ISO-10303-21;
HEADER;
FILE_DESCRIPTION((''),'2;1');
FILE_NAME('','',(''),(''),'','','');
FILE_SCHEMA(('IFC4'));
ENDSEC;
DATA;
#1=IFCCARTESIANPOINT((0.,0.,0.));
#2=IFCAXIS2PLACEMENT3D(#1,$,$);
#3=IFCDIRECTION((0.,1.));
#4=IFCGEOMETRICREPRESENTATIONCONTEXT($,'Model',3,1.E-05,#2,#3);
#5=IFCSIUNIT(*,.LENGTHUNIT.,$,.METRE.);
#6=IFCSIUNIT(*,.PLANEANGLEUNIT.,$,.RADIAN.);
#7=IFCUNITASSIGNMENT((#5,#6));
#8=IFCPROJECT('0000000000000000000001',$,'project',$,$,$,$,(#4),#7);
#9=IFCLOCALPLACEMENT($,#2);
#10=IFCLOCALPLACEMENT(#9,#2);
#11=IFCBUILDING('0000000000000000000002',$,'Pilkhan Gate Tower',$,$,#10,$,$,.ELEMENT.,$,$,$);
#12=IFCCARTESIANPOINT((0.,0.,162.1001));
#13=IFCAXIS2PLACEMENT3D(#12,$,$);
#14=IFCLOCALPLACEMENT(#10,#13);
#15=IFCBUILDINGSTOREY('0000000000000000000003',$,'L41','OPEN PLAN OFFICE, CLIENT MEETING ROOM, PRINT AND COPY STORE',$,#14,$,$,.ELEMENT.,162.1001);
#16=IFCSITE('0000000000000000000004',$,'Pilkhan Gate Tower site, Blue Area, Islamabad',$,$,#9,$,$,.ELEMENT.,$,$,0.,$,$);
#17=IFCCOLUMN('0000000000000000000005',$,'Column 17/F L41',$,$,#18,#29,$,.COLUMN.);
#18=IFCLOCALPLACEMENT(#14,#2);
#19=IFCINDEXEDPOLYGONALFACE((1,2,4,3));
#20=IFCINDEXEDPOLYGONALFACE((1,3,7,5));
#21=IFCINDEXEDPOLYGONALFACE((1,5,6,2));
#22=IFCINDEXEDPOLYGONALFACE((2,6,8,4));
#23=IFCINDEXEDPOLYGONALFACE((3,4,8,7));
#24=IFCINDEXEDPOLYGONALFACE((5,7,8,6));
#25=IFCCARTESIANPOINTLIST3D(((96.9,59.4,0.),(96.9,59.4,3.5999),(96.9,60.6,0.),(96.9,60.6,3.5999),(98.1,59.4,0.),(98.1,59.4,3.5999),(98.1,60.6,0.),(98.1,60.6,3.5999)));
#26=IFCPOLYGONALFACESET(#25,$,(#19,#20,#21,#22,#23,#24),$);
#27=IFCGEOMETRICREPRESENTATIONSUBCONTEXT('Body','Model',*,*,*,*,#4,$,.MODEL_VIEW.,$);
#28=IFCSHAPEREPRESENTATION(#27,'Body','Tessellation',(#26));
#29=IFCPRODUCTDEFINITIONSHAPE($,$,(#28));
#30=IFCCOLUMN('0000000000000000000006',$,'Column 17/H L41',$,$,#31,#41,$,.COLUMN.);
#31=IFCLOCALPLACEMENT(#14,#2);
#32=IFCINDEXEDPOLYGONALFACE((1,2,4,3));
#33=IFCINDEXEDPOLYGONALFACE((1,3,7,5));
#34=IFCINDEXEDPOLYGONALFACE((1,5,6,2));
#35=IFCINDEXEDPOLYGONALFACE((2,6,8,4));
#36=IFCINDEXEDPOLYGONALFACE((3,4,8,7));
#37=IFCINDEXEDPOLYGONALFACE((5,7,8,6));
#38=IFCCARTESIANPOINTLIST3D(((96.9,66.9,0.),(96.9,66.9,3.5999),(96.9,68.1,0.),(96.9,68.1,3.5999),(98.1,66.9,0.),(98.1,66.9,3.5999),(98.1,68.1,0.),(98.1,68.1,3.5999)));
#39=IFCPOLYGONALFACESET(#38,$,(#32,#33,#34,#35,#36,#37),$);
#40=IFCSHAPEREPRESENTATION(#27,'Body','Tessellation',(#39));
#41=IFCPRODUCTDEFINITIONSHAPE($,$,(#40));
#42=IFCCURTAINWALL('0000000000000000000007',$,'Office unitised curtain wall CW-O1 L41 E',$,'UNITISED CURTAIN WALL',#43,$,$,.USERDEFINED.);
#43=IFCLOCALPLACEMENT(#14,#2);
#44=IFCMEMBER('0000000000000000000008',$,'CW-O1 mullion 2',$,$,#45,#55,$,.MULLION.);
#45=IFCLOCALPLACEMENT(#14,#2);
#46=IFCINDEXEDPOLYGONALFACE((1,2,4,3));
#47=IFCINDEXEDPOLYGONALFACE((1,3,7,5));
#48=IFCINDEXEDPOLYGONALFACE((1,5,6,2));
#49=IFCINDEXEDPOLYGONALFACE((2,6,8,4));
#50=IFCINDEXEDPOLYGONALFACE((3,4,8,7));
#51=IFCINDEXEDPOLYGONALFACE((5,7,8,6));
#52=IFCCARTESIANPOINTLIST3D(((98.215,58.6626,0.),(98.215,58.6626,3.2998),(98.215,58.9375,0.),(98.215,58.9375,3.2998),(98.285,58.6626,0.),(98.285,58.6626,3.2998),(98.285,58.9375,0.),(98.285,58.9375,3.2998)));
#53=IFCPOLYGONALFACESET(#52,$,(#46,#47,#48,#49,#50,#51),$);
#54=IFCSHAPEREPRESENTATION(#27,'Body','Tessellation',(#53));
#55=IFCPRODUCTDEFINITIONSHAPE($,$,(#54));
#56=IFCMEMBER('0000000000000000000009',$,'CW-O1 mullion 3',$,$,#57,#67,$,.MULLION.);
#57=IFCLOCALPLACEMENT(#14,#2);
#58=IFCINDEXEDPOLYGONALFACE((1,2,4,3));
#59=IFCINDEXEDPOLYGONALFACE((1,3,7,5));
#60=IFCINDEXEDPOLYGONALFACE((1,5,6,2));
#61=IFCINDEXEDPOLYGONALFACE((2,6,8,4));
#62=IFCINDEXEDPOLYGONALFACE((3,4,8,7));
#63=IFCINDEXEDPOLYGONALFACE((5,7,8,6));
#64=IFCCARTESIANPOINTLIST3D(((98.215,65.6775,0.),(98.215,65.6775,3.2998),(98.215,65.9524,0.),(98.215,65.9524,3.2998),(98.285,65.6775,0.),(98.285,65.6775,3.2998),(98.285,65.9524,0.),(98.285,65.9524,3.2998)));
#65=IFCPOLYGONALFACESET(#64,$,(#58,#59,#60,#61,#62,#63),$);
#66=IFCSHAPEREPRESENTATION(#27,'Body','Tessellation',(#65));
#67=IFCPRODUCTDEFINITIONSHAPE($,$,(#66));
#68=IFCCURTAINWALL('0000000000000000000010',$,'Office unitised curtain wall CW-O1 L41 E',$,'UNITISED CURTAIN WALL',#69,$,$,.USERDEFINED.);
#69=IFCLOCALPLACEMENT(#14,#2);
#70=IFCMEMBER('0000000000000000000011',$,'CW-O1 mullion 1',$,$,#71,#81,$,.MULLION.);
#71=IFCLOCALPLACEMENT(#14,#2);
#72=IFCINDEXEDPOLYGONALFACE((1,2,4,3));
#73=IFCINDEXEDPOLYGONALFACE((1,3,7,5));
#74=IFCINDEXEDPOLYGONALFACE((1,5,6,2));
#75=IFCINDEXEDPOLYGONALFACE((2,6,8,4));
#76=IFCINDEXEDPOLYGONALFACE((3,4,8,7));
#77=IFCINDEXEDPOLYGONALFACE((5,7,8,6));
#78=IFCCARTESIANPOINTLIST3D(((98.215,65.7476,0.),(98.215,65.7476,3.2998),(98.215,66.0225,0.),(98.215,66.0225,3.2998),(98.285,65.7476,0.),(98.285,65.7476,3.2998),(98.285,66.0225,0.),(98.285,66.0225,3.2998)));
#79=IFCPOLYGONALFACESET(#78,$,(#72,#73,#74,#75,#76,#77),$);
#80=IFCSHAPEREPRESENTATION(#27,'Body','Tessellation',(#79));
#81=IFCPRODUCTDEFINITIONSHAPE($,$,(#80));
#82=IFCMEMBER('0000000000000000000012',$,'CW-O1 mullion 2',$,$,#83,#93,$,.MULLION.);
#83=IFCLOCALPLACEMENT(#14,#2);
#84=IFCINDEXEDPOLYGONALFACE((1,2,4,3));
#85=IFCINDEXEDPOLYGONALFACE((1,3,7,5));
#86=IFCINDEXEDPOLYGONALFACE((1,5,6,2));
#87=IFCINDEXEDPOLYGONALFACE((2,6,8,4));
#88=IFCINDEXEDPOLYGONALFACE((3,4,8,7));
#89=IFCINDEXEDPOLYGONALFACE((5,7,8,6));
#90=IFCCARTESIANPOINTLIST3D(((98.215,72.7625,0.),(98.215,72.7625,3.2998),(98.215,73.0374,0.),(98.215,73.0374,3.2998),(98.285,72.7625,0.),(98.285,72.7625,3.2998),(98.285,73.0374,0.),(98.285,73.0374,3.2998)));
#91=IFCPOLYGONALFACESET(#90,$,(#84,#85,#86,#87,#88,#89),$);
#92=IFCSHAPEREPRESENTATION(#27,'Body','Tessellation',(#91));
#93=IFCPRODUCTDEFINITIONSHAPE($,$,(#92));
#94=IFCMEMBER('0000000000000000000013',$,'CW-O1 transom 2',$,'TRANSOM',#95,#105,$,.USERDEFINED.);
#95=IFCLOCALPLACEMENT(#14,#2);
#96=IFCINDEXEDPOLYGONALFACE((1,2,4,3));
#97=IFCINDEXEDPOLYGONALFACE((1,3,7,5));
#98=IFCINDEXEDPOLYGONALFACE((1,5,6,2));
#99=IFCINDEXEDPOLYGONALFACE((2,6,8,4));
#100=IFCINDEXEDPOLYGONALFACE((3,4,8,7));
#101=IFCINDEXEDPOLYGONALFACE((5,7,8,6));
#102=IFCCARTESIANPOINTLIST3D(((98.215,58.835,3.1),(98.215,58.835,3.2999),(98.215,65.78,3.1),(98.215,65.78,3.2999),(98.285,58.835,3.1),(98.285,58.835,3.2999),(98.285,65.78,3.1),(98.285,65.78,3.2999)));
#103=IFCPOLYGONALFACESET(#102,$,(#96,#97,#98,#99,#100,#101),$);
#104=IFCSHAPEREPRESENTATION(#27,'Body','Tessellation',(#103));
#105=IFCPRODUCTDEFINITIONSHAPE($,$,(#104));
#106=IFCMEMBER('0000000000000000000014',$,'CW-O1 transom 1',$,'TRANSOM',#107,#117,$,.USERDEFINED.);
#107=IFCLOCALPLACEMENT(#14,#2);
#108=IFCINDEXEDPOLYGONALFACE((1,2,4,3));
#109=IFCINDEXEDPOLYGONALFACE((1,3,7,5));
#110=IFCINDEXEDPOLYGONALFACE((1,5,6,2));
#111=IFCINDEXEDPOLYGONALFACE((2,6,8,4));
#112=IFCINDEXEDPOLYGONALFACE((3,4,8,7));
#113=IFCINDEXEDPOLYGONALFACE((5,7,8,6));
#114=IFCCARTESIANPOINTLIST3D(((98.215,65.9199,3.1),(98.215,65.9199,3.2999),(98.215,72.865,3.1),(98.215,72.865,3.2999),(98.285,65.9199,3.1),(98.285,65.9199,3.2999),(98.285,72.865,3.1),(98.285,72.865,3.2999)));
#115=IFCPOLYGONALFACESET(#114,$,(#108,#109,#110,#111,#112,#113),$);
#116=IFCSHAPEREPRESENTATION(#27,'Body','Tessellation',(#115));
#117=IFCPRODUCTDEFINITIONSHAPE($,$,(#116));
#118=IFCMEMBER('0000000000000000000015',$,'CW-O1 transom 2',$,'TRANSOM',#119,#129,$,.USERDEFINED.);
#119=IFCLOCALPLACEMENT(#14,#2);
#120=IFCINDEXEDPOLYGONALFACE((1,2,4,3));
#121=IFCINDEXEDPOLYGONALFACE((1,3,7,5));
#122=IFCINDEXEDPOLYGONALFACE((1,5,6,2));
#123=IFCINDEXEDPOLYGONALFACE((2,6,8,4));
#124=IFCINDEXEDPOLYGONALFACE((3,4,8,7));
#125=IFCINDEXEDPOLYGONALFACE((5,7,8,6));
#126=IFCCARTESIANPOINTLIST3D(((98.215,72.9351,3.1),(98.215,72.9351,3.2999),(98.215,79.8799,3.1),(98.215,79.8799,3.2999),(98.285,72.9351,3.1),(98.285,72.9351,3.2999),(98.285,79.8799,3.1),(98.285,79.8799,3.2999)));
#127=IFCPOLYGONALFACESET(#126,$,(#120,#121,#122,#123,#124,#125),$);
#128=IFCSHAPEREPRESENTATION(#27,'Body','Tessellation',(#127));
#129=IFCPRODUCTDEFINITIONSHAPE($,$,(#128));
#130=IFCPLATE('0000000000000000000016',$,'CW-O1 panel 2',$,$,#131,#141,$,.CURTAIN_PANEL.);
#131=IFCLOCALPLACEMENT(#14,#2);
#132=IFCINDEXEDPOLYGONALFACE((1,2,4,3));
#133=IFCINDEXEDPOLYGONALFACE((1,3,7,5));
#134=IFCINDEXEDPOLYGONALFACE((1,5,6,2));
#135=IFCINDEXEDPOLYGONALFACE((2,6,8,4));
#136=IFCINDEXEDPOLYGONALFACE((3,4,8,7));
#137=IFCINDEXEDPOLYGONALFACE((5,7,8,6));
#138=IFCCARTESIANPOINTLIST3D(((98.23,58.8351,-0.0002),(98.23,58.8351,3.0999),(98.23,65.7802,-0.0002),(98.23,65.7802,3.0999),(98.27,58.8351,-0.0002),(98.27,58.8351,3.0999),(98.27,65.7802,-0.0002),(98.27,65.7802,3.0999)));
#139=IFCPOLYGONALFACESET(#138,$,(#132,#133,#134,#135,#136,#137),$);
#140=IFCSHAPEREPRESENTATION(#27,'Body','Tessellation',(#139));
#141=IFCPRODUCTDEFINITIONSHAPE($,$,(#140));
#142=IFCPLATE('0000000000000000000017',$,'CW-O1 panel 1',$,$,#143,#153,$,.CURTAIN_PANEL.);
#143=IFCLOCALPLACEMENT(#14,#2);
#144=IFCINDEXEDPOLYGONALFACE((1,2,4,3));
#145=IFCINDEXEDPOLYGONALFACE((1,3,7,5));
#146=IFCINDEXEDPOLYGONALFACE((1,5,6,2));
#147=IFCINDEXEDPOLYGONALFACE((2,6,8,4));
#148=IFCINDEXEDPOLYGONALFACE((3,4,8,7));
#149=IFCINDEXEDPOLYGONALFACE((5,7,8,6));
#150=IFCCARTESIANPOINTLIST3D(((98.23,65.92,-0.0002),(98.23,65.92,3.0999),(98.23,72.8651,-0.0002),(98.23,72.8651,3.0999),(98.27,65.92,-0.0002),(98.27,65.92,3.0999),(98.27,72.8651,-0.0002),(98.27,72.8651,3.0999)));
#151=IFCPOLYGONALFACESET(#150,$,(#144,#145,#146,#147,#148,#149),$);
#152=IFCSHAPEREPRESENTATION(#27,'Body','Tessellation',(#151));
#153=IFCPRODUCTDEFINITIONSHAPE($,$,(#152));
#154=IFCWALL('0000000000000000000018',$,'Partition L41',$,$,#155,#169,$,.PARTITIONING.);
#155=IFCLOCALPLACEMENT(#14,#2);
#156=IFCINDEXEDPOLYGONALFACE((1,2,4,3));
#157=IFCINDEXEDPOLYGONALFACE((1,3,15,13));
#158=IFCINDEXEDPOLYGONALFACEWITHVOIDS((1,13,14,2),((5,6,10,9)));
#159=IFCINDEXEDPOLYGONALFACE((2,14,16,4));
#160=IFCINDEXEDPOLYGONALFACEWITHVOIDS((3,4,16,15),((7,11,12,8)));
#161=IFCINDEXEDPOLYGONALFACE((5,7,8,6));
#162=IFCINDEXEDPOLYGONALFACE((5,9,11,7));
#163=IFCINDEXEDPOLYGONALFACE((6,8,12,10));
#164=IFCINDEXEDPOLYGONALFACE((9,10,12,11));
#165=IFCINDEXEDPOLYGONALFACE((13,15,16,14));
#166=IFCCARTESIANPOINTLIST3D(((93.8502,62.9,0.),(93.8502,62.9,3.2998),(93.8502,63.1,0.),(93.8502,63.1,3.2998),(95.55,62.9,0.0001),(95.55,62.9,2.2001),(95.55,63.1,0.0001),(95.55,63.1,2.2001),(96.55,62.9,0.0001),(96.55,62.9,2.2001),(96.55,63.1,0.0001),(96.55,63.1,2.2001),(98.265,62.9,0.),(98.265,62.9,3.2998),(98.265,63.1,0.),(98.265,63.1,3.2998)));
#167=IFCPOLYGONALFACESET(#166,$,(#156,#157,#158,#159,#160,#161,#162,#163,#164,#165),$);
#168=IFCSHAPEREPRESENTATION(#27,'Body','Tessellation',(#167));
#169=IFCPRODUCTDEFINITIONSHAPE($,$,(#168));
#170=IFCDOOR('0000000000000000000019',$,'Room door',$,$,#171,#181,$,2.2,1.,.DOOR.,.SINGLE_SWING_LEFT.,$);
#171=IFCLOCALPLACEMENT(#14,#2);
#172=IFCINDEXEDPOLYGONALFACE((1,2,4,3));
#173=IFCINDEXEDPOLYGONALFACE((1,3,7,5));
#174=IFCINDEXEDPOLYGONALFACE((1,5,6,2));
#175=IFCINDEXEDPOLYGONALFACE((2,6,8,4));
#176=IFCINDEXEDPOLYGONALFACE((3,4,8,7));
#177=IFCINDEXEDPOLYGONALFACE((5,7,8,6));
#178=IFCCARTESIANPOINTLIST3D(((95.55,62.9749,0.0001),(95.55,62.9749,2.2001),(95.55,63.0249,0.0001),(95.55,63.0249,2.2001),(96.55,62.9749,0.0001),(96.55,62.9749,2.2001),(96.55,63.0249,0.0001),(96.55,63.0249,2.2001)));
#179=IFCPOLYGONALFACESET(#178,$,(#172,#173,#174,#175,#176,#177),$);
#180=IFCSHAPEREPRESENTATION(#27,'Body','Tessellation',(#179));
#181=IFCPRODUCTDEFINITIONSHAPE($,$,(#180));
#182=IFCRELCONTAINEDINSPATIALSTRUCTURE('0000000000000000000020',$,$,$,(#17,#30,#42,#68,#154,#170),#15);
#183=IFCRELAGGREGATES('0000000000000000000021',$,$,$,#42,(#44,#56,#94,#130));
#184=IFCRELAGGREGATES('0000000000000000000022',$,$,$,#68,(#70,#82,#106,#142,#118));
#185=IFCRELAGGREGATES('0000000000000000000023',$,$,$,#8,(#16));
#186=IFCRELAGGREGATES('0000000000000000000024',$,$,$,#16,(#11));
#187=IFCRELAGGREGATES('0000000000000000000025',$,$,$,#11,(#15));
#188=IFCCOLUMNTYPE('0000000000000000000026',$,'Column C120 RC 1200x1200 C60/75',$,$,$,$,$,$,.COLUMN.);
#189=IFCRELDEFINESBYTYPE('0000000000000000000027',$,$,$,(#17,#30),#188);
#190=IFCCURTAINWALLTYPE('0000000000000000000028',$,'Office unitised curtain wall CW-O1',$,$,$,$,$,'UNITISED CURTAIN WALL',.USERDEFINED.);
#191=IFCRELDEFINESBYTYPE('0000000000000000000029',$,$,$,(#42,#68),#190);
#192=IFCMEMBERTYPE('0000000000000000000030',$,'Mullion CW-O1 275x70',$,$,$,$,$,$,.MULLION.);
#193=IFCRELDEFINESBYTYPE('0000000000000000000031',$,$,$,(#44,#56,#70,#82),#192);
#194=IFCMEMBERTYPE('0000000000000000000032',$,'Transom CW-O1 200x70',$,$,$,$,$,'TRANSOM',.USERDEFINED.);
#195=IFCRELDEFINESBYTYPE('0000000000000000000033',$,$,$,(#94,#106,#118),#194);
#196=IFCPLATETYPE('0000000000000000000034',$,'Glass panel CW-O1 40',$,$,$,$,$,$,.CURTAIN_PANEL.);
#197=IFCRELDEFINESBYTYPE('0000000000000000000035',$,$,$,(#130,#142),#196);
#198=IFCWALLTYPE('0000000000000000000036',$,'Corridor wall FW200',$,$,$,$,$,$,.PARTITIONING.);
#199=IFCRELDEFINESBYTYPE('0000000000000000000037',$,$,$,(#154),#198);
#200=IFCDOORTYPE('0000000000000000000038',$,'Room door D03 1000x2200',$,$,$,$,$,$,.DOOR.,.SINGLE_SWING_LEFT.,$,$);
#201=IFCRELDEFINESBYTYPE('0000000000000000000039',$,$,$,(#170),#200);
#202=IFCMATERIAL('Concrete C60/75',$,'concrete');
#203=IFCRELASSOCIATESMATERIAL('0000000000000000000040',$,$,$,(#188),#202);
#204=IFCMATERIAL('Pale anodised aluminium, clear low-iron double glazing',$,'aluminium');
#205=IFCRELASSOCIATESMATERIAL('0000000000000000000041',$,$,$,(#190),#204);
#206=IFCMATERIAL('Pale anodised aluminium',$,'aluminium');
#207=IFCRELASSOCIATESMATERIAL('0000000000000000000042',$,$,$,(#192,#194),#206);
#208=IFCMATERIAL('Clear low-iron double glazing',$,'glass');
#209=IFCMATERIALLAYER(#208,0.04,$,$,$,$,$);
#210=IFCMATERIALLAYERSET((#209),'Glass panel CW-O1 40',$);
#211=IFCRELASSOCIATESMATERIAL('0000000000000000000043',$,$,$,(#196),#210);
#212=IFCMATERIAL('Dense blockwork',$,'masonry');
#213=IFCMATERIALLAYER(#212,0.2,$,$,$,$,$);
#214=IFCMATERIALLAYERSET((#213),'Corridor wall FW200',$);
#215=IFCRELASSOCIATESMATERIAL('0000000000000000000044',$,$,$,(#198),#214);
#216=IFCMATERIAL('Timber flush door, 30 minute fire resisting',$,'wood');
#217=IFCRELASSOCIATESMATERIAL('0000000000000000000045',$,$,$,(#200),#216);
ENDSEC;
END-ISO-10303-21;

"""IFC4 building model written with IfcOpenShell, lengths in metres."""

from ifc_helpers import new_model, si_unit, direction, frame, frame_2d, origin, origin_2d, place, context, subcontext, project, spatial, rectangle, extrude, material, layer, layer_set, material_profile, profile_set, type_object, element, fill, aggregate, save


model = new_model("IFC4")

# Units and contexts
model_context = context("Model", 3, precision=1e-05, world=origin(), true_north=direction((0.0, 1.0)))
body_context = subcontext(model_context, "Body", "Model", "MODEL_VIEW")
ifc_project = project(units=[si_unit("LENGTHUNIT", "METRE"), si_unit("PLANEANGLEUNIT", "RADIAN")], contexts=[model_context])

# Site, building, storey
site_placement = place(None, origin())
site = spatial("IfcSite", under=ifc_project, at=site_placement, Name="Pilkhan Gate Tower site, Blue Area, Islamabad", CompositionType="ELEMENT", RefElevation=0.0)
building_placement = place(site_placement, origin())
building = spatial("IfcBuilding", under=site, at=building_placement, Name="Pilkhan Gate Tower", CompositionType="ELEMENT")
storey_placement = place(building_placement, frame((0.0, 0.0, 162.1001)))
storey = spatial("IfcBuildingStorey", under=building, at=storey_placement, Name="L41", Description="OPEN PLAN OFFICE, CLIENT MEETING ROOM, PRINT AND COPY STORE", CompositionType="ELEMENT", Elevation=162.1001)

# Columns
ifc_material_1 = material(Name="Concrete C60/75", Category="concrete")
ifc_material_profile_1 = material_profile(ifc_material_1, rectangle(XDim=1.2, YDim=1.2, at=origin_2d()), Name="RC 1200x1200")
ifc_profile_set_1 = profile_set([ifc_material_profile_1], Name="Concrete C60/75")
column_type = type_object("IfcColumnType", Name="Column C120 RC 1200x1200 C60/75", PredefinedType="COLUMN", material=ifc_profile_set_1)
for number, where, z_axis, x_axis, name in (
    (1, (97.5, 60.0, 0.0), (0.0, 0.0, 1.0), (1.0, 0.0, 0.0), "Column 17/F L41"),
    (2, (97.5, 67.5, 0.0), (0.0, 0.0, 1.0), (1.0, 0.0, 0.0), "Column 17/H L41"),
):
    element("IfcColumn", number, at=place(storey_placement, frame(where, z_axis=z_axis, x_axis=x_axis)), inside=storey, type_object=column_type, Name=name, PredefinedType="COLUMN", context=body_context, shape_type="SweptSolid", body=[
        extrude(rectangle(XDim=1.2, YDim=1.2, at=origin_2d()), origin(), (0.0, 0.0, 1.0), 3.5999),
    ])

# Curtain walls, members
ifc_material_2 = material(Name="Pale anodised aluminium, clear low-iron double glazing", Category="aluminium")
curtain_wall_type = type_object("IfcCurtainWallType", Name="Office unitised curtain wall CW-O1", ElementType="UNITISED CURTAIN WALL", PredefinedType="USERDEFINED", material=ifc_material_2)
curtain_wall_1_placement = place(storey_placement, origin())
curtain_wall_1 = element("IfcCurtainWall", 3, at=curtain_wall_1_placement, inside=storey, type_object=curtain_wall_type, Name="Office unitised curtain wall CW-O1 L41 E", ObjectType="UNITISED CURTAIN WALL", PredefinedType="USERDEFINED")
ifc_material_3 = material(Name="Pale anodised aluminium", Category="aluminium")
ifc_material_profile_2 = material_profile(ifc_material_3, rectangle(XDim=0.0701, YDim=0.2749, at=origin_2d()), Name="Mullion 275x70")
ifc_profile_set_2 = profile_set([ifc_material_profile_2], Name="Pale anodised aluminium")
member_type_1 = type_object("IfcMemberType", Name="Mullion CW-O1 275x70", PredefinedType="MULLION", material=ifc_profile_set_2)
member_1_placement = place(storey_placement, frame((98.25, 58.8, 0.0), z_axis=(0.0, 0.0, 1.0), x_axis=(-1.0, 0.0, 0.0)))
member_1 = element("IfcMember", 4, at=member_1_placement, type_object=member_type_1, Name="CW-O1 mullion 2", PredefinedType="MULLION", context=body_context, shape_type="SweptSolid", body=[
    extrude(rectangle(XDim=0.0701, YDim=0.2749, at=origin_2d()), origin(), (0.0, 0.0, 1.0), 3.2998),
])
member_2_placement = place(storey_placement, frame((98.25, 65.8149, 0.0), z_axis=(0.0, 0.0, 1.0), x_axis=(-1.0, 0.0, 0.0)))
member_2 = element("IfcMember", 5, at=member_2_placement, type_object=member_type_1, Name="CW-O1 mullion 3", PredefinedType="MULLION", context=body_context, shape_type="SweptSolid", body=[
    extrude(rectangle(XDim=0.0701, YDim=0.2749, at=origin_2d()), origin(), (0.0, 0.0, 1.0), 3.2998),
])
curtain_wall_2_placement = place(storey_placement, origin())
curtain_wall_2 = element("IfcCurtainWall", 6, at=curtain_wall_2_placement, inside=storey, type_object=curtain_wall_type, Name="Office unitised curtain wall CW-O1 L41 E", ObjectType="UNITISED CURTAIN WALL", PredefinedType="USERDEFINED")
member_3_placement = place(storey_placement, frame((98.25, 65.885, 0.0), z_axis=(0.0, 0.0, 1.0), x_axis=(-1.0, 0.0, 0.0)))
member_3 = element("IfcMember", 7, at=member_3_placement, type_object=member_type_1, Name="CW-O1 mullion 1", PredefinedType="MULLION", context=body_context, shape_type="SweptSolid", body=[
    extrude(rectangle(XDim=0.0701, YDim=0.2749, at=origin_2d()), origin(), (0.0, 0.0, 1.0), 3.2998),
])
member_4_placement = place(storey_placement, frame((98.25, 72.8999, 0.0), z_axis=(0.0, 0.0, 1.0), x_axis=(-1.0, 0.0, 0.0)))
member_4 = element("IfcMember", 8, at=member_4_placement, type_object=member_type_1, Name="CW-O1 mullion 2", PredefinedType="MULLION", context=body_context, shape_type="SweptSolid", body=[
    extrude(rectangle(XDim=0.0701, YDim=0.2749, at=origin_2d()), origin(), (0.0, 0.0, 1.0), 3.2998),
])

# Members
ifc_material_profile_3 = material_profile(ifc_material_3, rectangle(XDim=0.0701, YDim=0.2, at=origin_2d()), Name="Transom 200x70")
ifc_profile_set_3 = profile_set([ifc_material_profile_3], Name="Pale anodised aluminium")
member_type_2 = type_object("IfcMemberType", Name="Transom CW-O1 200x70", ElementType="TRANSOM", PredefinedType="USERDEFINED", material=ifc_profile_set_3)
member_5_placement = place(storey_placement, frame((98.25, 58.835, 3.2), z_axis=(0.0, 1.0, 0.0), x_axis=(-1.0, 0.0, 0.0)))
member_5 = element("IfcMember", 9, at=member_5_placement, type_object=member_type_2, Name="CW-O1 transom 2", ObjectType="TRANSOM", PredefinedType="USERDEFINED", context=body_context, shape_type="SweptSolid", body=[
    extrude(rectangle(XDim=0.0701, YDim=0.2, at=origin_2d()), origin(), (0.0, 0.0, 1.0), 6.9451),
])
member_6_placement = place(storey_placement, frame((98.25, 65.9199, 3.2), z_axis=(0.0, 1.0, 0.0), x_axis=(-1.0, 0.0, 0.0)))
member_6 = element("IfcMember", 10, at=member_6_placement, type_object=member_type_2, Name="CW-O1 transom 1", ObjectType="TRANSOM", PredefinedType="USERDEFINED", context=body_context, shape_type="SweptSolid", body=[
    extrude(rectangle(XDim=0.0701, YDim=0.2, at=origin_2d()), origin(), (0.0, 0.0, 1.0), 6.9451),
])
member_7_placement = place(storey_placement, frame((98.25, 72.9351, 3.2), z_axis=(0.0, 1.0, 0.0), x_axis=(-1.0, 0.0, 0.0)))
member_7 = element("IfcMember", 11, at=member_7_placement, type_object=member_type_2, Name="CW-O1 transom 2", ObjectType="TRANSOM", PredefinedType="USERDEFINED", context=body_context, shape_type="SweptSolid", body=[
    extrude(rectangle(XDim=0.0701, YDim=0.2, at=origin_2d()), origin(), (0.0, 0.0, 1.0), 6.9448),
])

# Plates
ifc_material_4 = material(Name="Clear low-iron double glazing", Category="glass")
ifc_layer_1 = layer(ifc_material_4, 0.04)
ifc_layer_set_1 = layer_set([ifc_layer_1], Name="Glass panel CW-O1 40")
plate_type = type_object("IfcPlateType", Name="Glass panel CW-O1 40", PredefinedType="CURTAIN_PANEL", material=ifc_layer_set_1)
plate_1_placement = place(storey_placement, frame((98.25, 62.3076, -0.0002), z_axis=(0.0, 0.0, 1.0), x_axis=(0.0, 1.0, 0.0)))
plate_1 = element("IfcPlate", 12, at=plate_1_placement, type_object=plate_type, Name="CW-O1 panel 2", PredefinedType="CURTAIN_PANEL", context=body_context, shape_type="SweptSolid", body=[
    extrude(rectangle(XDim=6.9451, YDim=0.04, at=origin_2d()), origin(), (0.0, 0.0, 1.0), 3.1001),
])
aggregate(curtain_wall_1, [member_1, member_2, member_5, plate_1])
plate_2_placement = place(storey_placement, frame((98.25, 69.3926, -0.0002), z_axis=(0.0, 0.0, 1.0), x_axis=(0.0, 1.0, 0.0)))
plate_2 = element("IfcPlate", 13, at=plate_2_placement, type_object=plate_type, Name="CW-O1 panel 1", PredefinedType="CURTAIN_PANEL", context=body_context, shape_type="SweptSolid", body=[
    extrude(rectangle(XDim=6.9451, YDim=0.04, at=origin_2d()), origin(), (0.0, 0.0, 1.0), 3.1001),
])
aggregate(curtain_wall_2, [member_3, member_4, member_6, plate_2, member_7])

# Wall, opening, door
ifc_material_5 = material(Name="Dense blockwork", Category="masonry")
ifc_layer_2 = layer(ifc_material_5, 0.2)
ifc_layer_set_2 = layer_set([ifc_layer_2], Name="Corridor wall FW200")
wall_type_1 = type_object("IfcWallType", Name="Corridor wall FW200", PredefinedType="PARTITIONING", material=ifc_layer_set_2)
wall_1_placement = place(storey_placement, frame((93.8501, 63.0, 0.0), z_axis=(0.0, 0.0, 1.0), x_axis=(1.0, 0.0, 0.0)))
wall_1 = element("IfcWall", 14, at=wall_1_placement, inside=storey, type_object=wall_type_1, Name="Partition L41", PredefinedType="PARTITIONING", context=body_context, shape_type="SweptSolid", body=[
    extrude(rectangle(XDim=4.4148, YDim=0.2, at=frame_2d((2.2075, 0.0))), origin(), (0.0, 0.0, 1.0), 3.2998),
])
opening_1_placement = place(wall_1_placement, frame((1.7, 0.0, 0.0)))
opening_1 = element("IfcOpeningElement", 15, at=opening_1_placement, cuts=wall_1, PredefinedType="OPENING", context=body_context, shape_type="SweptSolid", body=[
    extrude(rectangle(XDim=1.0, YDim=2.2, at=frame_2d((0.5, 1.1001))), frame((0.0, 0.1099, 0.0), z_axis=(0.0, -1.0, 0.0), x_axis=(1.0, 0.0, 0.0)), (0.0, 0.0, 1.0), 0.22),
])
ifc_material_6 = material(Name="Timber flush door, 30 minute fire resisting", Category="wood")
door_type_1 = type_object("IfcDoorType", Name="Room door D03 1000x2200", OperationType="SINGLE_SWING_LEFT", PredefinedType="DOOR", material=ifc_material_6)
door_1_placement = place(opening_1_placement, origin())
door_1 = element("IfcDoor", 16, at=door_1_placement, inside=storey, type_object=door_type_1, Name="Room door", OperationType="SINGLE_SWING_LEFT", OverallHeight=2.2, OverallWidth=1.0, PredefinedType="DOOR", context=body_context, shape_type="SweptSolid", body=[
    extrude(rectangle(XDim=1.0, YDim=2.2, at=frame_2d((0.5, 1.1001))), frame((0.0, 0.0249, 0.0), z_axis=(0.0, -1.0, 0.0), x_axis=(1.0, 0.0, 0.0)), (0.0, 0.0, 1.0), 0.05),
])
fill(opening_1, door_1)

save(model, "model.ifc")
